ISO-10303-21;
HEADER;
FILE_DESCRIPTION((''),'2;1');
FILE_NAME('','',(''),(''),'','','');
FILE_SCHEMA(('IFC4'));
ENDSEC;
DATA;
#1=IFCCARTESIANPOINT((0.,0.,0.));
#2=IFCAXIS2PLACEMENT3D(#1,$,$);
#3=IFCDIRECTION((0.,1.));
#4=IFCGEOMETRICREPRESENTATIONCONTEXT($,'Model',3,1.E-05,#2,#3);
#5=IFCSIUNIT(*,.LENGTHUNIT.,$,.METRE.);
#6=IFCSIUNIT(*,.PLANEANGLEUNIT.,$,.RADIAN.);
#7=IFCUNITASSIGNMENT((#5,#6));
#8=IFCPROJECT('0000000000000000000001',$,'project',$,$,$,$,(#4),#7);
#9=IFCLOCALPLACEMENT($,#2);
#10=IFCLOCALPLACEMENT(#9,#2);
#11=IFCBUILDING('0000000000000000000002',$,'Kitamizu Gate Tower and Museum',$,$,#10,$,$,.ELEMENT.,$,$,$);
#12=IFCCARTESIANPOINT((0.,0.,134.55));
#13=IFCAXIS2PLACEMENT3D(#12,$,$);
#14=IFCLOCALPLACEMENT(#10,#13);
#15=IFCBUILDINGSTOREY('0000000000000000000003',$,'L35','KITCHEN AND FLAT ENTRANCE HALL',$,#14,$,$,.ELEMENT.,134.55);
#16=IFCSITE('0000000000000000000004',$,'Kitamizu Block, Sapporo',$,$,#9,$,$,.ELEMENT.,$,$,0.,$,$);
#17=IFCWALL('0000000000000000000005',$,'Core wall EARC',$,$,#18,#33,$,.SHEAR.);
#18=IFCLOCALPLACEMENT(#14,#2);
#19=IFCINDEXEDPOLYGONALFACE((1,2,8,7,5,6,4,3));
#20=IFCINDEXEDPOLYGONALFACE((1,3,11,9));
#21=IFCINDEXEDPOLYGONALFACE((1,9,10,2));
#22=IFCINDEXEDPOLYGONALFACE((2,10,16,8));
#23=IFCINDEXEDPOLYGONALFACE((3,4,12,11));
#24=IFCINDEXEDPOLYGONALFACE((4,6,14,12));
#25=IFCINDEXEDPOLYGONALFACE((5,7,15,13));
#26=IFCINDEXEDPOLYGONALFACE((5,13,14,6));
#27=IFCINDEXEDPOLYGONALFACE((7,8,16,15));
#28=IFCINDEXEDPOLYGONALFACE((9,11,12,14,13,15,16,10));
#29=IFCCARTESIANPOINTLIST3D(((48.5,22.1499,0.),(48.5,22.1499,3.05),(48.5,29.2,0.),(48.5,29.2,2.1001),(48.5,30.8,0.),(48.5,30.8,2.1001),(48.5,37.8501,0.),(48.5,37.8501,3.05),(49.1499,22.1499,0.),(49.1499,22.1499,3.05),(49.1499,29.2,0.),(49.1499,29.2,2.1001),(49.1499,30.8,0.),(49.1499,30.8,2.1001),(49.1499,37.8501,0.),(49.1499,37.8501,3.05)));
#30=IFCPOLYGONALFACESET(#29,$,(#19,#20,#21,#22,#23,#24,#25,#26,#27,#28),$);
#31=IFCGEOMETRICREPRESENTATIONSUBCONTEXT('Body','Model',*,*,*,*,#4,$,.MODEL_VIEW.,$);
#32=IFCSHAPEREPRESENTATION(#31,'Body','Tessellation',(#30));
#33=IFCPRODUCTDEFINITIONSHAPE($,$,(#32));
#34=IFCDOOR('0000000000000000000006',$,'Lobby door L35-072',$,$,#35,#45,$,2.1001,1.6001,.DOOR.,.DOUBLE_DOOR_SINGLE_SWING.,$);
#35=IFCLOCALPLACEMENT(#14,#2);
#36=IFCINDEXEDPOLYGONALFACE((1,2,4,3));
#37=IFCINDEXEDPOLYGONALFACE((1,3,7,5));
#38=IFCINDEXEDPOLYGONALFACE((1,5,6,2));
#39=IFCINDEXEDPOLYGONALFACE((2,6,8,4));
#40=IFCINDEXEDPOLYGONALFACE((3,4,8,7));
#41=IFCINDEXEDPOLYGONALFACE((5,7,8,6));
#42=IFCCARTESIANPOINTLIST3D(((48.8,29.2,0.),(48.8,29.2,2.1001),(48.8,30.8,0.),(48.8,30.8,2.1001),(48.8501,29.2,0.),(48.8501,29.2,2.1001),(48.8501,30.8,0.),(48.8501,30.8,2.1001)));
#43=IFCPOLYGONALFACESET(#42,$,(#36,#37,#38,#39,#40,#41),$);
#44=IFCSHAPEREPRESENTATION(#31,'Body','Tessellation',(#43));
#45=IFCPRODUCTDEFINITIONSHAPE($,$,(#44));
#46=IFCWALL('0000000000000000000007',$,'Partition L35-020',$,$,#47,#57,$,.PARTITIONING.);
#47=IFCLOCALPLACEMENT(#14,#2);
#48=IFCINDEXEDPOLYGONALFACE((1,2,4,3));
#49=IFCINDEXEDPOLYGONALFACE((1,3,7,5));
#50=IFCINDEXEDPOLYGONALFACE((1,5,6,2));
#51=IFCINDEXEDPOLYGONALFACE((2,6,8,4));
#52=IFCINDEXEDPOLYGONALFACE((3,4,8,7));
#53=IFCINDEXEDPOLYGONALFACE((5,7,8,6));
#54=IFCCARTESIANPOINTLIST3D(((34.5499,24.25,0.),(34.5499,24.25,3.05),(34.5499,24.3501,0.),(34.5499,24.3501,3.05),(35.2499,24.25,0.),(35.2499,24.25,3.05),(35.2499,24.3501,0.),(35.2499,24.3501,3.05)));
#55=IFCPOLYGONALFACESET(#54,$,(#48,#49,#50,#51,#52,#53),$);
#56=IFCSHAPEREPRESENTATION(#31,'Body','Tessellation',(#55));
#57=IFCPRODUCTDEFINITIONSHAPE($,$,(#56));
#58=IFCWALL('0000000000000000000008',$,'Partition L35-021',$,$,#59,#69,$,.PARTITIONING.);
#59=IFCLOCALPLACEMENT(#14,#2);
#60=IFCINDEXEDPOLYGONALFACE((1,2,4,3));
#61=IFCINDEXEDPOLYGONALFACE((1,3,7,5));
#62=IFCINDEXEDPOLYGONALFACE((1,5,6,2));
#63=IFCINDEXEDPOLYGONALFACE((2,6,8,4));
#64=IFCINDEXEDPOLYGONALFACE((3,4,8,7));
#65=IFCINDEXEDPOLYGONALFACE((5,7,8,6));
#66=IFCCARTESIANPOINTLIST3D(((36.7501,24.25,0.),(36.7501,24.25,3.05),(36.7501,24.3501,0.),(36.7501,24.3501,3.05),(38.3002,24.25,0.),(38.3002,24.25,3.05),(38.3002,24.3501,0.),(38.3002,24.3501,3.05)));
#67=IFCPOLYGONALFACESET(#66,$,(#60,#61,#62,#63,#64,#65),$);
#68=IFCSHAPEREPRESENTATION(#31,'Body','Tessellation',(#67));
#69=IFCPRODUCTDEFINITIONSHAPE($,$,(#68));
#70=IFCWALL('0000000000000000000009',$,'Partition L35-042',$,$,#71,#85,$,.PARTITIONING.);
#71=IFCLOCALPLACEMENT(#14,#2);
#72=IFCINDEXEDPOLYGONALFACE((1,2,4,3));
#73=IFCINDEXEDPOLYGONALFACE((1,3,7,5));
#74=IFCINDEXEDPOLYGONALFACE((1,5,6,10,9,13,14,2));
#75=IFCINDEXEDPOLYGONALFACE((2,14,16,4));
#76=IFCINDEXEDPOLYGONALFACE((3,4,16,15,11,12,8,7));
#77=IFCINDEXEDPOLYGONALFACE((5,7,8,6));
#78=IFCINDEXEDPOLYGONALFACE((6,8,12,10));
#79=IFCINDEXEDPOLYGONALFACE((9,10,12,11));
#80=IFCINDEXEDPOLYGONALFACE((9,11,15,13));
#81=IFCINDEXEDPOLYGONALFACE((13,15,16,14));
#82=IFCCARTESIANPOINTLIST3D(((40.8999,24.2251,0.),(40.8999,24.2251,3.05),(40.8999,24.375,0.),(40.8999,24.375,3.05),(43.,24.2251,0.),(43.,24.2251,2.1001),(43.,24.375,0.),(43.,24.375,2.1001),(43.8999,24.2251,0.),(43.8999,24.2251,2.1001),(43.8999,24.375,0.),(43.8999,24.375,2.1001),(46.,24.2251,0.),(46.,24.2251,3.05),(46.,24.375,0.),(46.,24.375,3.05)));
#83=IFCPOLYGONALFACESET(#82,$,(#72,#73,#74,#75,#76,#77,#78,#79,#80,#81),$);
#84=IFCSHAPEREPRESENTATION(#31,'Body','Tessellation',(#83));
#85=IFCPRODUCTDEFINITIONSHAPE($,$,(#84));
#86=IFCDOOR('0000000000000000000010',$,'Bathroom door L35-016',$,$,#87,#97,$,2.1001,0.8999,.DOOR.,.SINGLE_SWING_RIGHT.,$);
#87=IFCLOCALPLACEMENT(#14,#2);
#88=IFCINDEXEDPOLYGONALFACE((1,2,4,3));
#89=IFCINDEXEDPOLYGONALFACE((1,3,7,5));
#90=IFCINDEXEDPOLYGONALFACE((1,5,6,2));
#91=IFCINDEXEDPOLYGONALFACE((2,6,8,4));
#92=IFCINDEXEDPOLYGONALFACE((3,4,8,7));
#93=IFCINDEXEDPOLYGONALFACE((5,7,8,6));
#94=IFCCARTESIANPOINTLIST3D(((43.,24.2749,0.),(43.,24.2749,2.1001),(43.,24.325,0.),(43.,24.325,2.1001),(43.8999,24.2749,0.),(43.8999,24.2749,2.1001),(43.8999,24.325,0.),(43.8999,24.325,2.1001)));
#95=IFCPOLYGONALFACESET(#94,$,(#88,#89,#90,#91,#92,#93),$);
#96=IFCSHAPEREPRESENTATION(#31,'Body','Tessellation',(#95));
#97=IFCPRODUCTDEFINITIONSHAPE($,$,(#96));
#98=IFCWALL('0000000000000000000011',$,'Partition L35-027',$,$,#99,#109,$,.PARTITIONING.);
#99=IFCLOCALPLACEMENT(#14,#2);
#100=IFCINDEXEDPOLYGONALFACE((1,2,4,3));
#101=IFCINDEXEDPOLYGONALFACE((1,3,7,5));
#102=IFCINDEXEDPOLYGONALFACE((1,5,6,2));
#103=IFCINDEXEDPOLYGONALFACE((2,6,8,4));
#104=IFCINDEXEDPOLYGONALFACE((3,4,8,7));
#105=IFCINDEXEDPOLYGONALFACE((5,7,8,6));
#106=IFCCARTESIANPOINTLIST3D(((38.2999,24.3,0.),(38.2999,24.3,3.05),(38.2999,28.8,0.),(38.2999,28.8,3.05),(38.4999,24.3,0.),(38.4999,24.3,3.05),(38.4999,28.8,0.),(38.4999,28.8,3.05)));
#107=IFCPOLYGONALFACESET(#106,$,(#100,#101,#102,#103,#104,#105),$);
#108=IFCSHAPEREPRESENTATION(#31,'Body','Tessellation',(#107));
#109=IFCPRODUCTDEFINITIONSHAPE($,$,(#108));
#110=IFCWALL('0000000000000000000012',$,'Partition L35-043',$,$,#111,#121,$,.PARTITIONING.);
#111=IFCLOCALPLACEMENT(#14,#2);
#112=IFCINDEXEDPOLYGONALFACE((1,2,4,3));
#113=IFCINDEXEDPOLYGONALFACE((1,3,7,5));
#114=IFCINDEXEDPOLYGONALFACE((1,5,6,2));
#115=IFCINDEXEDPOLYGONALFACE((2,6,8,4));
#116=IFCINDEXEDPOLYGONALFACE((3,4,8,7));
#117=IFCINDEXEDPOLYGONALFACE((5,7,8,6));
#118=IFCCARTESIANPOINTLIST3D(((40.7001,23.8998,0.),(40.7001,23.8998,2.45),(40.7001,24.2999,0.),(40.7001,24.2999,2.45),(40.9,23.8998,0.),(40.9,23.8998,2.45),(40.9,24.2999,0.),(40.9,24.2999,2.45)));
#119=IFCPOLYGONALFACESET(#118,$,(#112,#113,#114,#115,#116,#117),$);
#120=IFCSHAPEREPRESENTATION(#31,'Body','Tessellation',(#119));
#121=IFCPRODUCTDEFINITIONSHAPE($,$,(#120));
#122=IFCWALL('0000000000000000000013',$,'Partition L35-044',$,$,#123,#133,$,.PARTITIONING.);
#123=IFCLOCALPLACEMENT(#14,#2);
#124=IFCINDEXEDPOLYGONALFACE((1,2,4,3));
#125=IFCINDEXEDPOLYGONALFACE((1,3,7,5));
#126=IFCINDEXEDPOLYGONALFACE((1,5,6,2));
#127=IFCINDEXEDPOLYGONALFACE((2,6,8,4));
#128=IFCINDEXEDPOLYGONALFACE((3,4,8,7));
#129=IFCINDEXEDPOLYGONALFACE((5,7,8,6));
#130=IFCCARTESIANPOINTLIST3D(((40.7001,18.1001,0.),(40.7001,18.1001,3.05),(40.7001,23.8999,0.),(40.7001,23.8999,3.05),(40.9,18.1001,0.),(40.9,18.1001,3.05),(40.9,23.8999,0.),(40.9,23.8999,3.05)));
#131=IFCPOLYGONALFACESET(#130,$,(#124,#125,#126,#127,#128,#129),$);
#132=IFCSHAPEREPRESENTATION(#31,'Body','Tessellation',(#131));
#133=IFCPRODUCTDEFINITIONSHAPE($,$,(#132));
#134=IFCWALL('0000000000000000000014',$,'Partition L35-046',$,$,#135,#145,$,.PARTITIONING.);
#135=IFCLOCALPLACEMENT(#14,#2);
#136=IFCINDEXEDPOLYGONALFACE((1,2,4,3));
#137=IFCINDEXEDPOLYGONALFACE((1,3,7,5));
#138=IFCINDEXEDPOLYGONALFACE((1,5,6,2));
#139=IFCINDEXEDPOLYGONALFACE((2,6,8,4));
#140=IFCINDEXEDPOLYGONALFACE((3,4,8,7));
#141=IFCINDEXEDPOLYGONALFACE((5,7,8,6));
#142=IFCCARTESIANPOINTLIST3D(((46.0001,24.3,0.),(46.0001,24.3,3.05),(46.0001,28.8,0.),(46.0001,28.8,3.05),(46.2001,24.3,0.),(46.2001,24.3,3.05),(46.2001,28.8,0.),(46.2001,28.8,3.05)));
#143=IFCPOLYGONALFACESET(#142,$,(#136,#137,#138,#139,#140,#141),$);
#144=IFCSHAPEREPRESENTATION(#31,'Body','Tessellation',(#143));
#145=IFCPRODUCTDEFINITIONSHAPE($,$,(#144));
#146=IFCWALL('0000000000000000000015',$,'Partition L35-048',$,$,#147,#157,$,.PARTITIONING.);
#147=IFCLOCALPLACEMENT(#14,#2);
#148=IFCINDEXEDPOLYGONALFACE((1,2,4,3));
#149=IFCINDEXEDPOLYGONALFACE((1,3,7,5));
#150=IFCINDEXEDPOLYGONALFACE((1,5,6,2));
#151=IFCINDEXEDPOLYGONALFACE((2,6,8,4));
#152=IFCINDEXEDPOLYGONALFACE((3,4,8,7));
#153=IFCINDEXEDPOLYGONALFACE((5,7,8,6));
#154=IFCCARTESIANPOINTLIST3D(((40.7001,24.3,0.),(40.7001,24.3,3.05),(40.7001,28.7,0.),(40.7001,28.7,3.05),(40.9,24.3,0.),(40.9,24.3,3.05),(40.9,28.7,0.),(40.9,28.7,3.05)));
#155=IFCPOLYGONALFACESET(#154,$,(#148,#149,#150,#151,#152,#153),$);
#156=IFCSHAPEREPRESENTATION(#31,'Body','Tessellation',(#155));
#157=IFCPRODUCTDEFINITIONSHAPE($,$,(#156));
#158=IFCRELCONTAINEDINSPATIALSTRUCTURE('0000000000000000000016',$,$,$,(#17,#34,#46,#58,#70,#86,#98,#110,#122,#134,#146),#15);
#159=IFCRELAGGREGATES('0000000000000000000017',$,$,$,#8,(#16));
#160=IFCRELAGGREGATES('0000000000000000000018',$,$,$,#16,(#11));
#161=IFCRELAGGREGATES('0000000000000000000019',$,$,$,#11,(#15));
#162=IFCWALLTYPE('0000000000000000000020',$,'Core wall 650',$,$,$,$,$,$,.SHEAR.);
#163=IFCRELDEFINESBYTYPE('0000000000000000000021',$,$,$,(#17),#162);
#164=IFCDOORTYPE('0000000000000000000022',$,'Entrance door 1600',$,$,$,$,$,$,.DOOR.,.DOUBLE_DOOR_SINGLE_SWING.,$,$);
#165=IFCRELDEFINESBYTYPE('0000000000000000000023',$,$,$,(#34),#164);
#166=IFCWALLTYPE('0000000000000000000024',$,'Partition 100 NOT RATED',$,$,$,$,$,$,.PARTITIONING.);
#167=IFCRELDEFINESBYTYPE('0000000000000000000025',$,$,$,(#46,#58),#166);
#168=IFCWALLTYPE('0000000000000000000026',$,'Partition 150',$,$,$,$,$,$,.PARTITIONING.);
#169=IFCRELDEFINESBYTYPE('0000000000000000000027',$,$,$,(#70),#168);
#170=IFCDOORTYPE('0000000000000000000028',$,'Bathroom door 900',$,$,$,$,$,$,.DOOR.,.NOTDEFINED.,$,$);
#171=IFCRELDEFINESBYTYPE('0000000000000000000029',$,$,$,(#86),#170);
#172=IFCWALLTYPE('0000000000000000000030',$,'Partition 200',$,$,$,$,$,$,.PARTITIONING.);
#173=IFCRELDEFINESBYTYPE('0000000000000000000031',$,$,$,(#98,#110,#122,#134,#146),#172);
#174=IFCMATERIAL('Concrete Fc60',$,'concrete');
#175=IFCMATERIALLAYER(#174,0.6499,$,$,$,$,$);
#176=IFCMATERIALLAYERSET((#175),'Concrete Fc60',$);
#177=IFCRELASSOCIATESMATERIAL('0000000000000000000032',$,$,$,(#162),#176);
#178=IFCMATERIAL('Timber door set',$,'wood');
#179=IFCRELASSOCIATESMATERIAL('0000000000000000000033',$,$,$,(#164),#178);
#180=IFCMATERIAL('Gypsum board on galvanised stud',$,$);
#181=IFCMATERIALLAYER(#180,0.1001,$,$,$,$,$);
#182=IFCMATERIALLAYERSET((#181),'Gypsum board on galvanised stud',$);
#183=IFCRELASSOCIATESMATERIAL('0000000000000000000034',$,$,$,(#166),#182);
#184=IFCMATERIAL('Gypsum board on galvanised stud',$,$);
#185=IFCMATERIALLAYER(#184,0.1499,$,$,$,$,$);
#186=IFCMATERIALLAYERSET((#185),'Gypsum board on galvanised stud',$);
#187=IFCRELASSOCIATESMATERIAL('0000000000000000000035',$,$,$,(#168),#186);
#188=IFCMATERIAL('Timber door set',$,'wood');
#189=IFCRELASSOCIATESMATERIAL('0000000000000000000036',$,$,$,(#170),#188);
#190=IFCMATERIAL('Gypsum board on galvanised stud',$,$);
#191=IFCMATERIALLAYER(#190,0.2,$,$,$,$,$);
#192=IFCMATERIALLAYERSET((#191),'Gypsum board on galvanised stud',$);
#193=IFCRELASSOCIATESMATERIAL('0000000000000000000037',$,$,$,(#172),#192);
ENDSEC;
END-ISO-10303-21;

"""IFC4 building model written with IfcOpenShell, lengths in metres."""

from ifc_helpers import new_model, si_unit, direction, frame, frame_2d, origin, place, context, subcontext, project, spatial, rectangle, extrude, material, layer, layer_set, type_object, element, fill, save


model = new_model("IFC4")

# Units and contexts
model_context = context("Model", 3, precision=1e-05, world=origin(), true_north=direction((0.0, 1.0)))
body_context = subcontext(model_context, "Body", "Model", "MODEL_VIEW")
ifc_project = project(units=[si_unit("LENGTHUNIT", "METRE"), si_unit("PLANEANGLEUNIT", "RADIAN")], contexts=[model_context])

# Site, building, storey
site_placement = place(None, origin())
site = spatial("IfcSite", under=ifc_project, at=site_placement, Name="Kitamizu Block, Sapporo", CompositionType="ELEMENT", RefElevation=0.0)
building_placement = place(site_placement, origin())
building = spatial("IfcBuilding", under=site, at=building_placement, Name="Kitamizu Gate Tower and Museum", CompositionType="ELEMENT")
storey_placement = place(building_placement, frame((0.0, 0.0, 134.55)))
storey = spatial("IfcBuildingStorey", under=building, at=storey_placement, Name="L35", Description="KITCHEN AND FLAT ENTRANCE HALL", CompositionType="ELEMENT", Elevation=134.55)

# Wall, opening, door
ifc_material_1 = material(Name="Concrete Fc60", Category="concrete")
ifc_layer_1 = layer(ifc_material_1, 0.6499)
ifc_layer_set_1 = layer_set([ifc_layer_1], Name="Concrete Fc60")
wall_type_1 = type_object("IfcWallType", Name="Core wall 650", PredefinedType="SHEAR", material=ifc_layer_set_1)
wall_1_placement = place(storey_placement, frame((48.825, 22.1499, 0.0), z_axis=(0.0, 0.0, 1.0), x_axis=(0.0, 1.0, 0.0)))
wall_1 = element("IfcWall", 1, at=wall_1_placement, inside=storey, type_object=wall_type_1, Name="Core wall EARC", PredefinedType="SHEAR", context=body_context, shape_type="SweptSolid", body=[
    extrude(rectangle(XDim=15.7002, YDim=0.6499, at=frame_2d((7.8501, 0.0))), origin(), (0.0, 0.0, 1.0), 3.05),
])
opening_1_placement = place(wall_1_placement, frame((7.05, 0.0, 0.0)))
opening_1 = element("IfcOpeningElement", 2, at=opening_1_placement, cuts=wall_1, PredefinedType="OPENING", context=body_context, shape_type="SweptSolid", body=[
    extrude(rectangle(XDim=1.6001, YDim=2.1001, at=frame_2d((0.8, 1.05))), frame((0.0, 0.335, 0.0), z_axis=(0.0, -1.0, 0.0), x_axis=(1.0, 0.0, 0.0)), (0.0, 0.0, 1.0), 0.6699),
])
ifc_material_2 = material(Name="Timber door set", Category="wood")
door_type_1 = type_object("IfcDoorType", Name="Entrance door 1600", OperationType="DOUBLE_DOOR_SINGLE_SWING", PredefinedType="DOOR", material=ifc_material_2)
door_1_placement = place(opening_1_placement, origin())
door_1 = element("IfcDoor", 3, at=door_1_placement, inside=storey, type_object=door_type_1, Name="Lobby door L35-072", OperationType="DOUBLE_DOOR_SINGLE_SWING", OverallHeight=2.1001, OverallWidth=1.6001, PredefinedType="DOOR", context=body_context, shape_type="SweptSolid", body=[
    extrude(rectangle(XDim=1.6001, YDim=2.1001, at=frame_2d((0.8, 1.05))), frame((0.0, 0.0249, 0.0), z_axis=(0.0, -1.0, 0.0), x_axis=(1.0, 0.0, 0.0)), (0.0, 0.0, 1.0), 0.05),
])
fill(opening_1, door_1)

# Walls
ifc_material_3 = material(Name="Gypsum board on galvanised stud")
ifc_layer_2 = layer(ifc_material_3, 0.1001)
ifc_layer_set_2 = layer_set([ifc_layer_2], Name="Gypsum board on galvanised stud")
wall_type_2 = type_object("IfcWallType", Name="Partition 100 NOT RATED", PredefinedType="PARTITIONING", material=ifc_layer_set_2)
wall_2_placement = place(storey_placement, frame((35.25, 24.3, 0.0), z_axis=(0.0, 0.0, 1.0), x_axis=(-1.0, 0.0, 0.0)))
element("IfcWall", 4, at=wall_2_placement, inside=storey, type_object=wall_type_2, Name="Partition L35-020", PredefinedType="PARTITIONING", context=body_context, shape_type="SweptSolid", body=[
    extrude(rectangle(XDim=0.7, YDim=0.1001, at=frame_2d((0.3501, 0.0))), origin(), (0.0, 0.0, 1.0), 3.05),
])
wall_3_placement = place(storey_placement, frame((38.3, 24.3, 0.0), z_axis=(0.0, 0.0, 1.0), x_axis=(-1.0, 0.0, 0.0)))
element("IfcWall", 5, at=wall_3_placement, inside=storey, type_object=wall_type_2, Name="Partition L35-021", PredefinedType="PARTITIONING", context=body_context, shape_type="SweptSolid", body=[
    extrude(rectangle(XDim=1.55, YDim=0.1001, at=frame_2d((0.7749, 0.0))), origin(), (0.0, 0.0, 1.0), 3.05),
])

# Wall, opening, door
ifc_material_4 = material(Name="Gypsum board on galvanised stud")
ifc_layer_3 = layer(ifc_material_4, 0.1499)
ifc_layer_set_3 = layer_set([ifc_layer_3], Name="Gypsum board on galvanised stud")
wall_type_3 = type_object("IfcWallType", Name="Partition 150", PredefinedType="PARTITIONING", material=ifc_layer_set_3)
wall_4_placement = place(storey_placement, frame((46.0, 24.3, 0.0), z_axis=(0.0, 0.0, 1.0), x_axis=(-1.0, 0.0, 0.0)))
wall_4 = element("IfcWall", 6, at=wall_4_placement, inside=storey, type_object=wall_type_3, Name="Partition L35-042", PredefinedType="PARTITIONING", context=body_context, shape_type="SweptSolid", body=[
    extrude(rectangle(XDim=5.1001, YDim=0.1499, at=frame_2d((2.55, 0.0))), origin(), (0.0, 0.0, 1.0), 3.05),
])
opening_2_placement = place(wall_4_placement, frame((2.1001, 0.0, 0.0)))
opening_2 = element("IfcOpeningElement", 7, at=opening_2_placement, cuts=wall_4, PredefinedType="OPENING", context=body_context, shape_type="SweptSolid", body=[
    extrude(rectangle(XDim=0.8999, YDim=2.1001, at=frame_2d((0.45, 1.05))), frame((0.0, 0.085, 0.0), z_axis=(0.0, -1.0, 0.0), x_axis=(1.0, 0.0, 0.0)), (0.0, 0.0, 1.0), 0.1699),
])
ifc_material_5 = material(Name="Timber door set", Category="wood")
door_type_2 = type_object("IfcDoorType", Name="Bathroom door 900", OperationType="NOTDEFINED", PredefinedType="DOOR", material=ifc_material_5)
door_2_placement = place(opening_2_placement, frame((0.8999, 0.0, 0.0), x_axis=(-1.0, 0.0, 0.0)))
door_2 = element("IfcDoor", 8, at=door_2_placement, inside=storey, type_object=door_type_2, Name="Bathroom door L35-016", OperationType="SINGLE_SWING_RIGHT", OverallHeight=2.1001, OverallWidth=0.8999, PredefinedType="DOOR", context=body_context, shape_type="SweptSolid", body=[
    extrude(rectangle(XDim=0.8999, YDim=2.1001, at=frame_2d((0.45, 1.05))), frame((0.0, 0.0249, 0.0), z_axis=(0.0, -1.0, 0.0), x_axis=(1.0, 0.0, 0.0)), (0.0, 0.0, 1.0), 0.05),
])
fill(opening_2, door_2)

# Walls
ifc_material_6 = material(Name="Gypsum board on galvanised stud")
ifc_layer_4 = layer(ifc_material_6, 0.2)
ifc_layer_set_4 = layer_set([ifc_layer_4], Name="Gypsum board on galvanised stud")
wall_type_4 = type_object("IfcWallType", Name="Partition 200", PredefinedType="PARTITIONING", material=ifc_layer_set_4)
wall_5_placement = place(storey_placement, frame((38.3999, 24.3, 0.0), z_axis=(0.0, 0.0, 1.0), x_axis=(0.0, 1.0, 0.0)))
element("IfcWall", 9, at=wall_5_placement, inside=storey, type_object=wall_type_4, Name="Partition L35-027", PredefinedType="PARTITIONING", context=body_context, shape_type="SweptSolid", body=[
    extrude(rectangle(XDim=4.5, YDim=0.2, at=frame_2d((2.25, 0.0))), origin(), (0.0, 0.0, 1.0), 3.05),
])
wall_6_placement = place(storey_placement, frame((40.8, 24.3, 0.0), z_axis=(0.0, 0.0, 1.0), x_axis=(0.0, -1.0, 0.0)))
element("IfcWall", 10, at=wall_6_placement, inside=storey, type_object=wall_type_4, Name="Partition L35-043", PredefinedType="PARTITIONING", context=body_context, shape_type="SweptSolid", body=[
    extrude(rectangle(XDim=0.4001, YDim=0.2, at=frame_2d((0.2002, 0.0))), origin(), (0.0, 0.0, 1.0), 2.45),
])
wall_7_placement = place(storey_placement, frame((40.8, 23.8999, 0.0), z_axis=(0.0, 0.0, 1.0), x_axis=(0.0, -1.0, 0.0)))
element("IfcWall", 11, at=wall_7_placement, inside=storey, type_object=wall_type_4, Name="Partition L35-044", PredefinedType="PARTITIONING", context=body_context, shape_type="SweptSolid", body=[
    extrude(rectangle(XDim=5.7998, YDim=0.2, at=frame_2d((2.8999, 0.0))), origin(), (0.0, 0.0, 1.0), 3.05),
])
wall_8_placement = place(storey_placement, frame((46.1001, 24.3, 0.0), z_axis=(0.0, 0.0, 1.0), x_axis=(0.0, 1.0, 0.0)))
element("IfcWall", 12, at=wall_8_placement, inside=storey, type_object=wall_type_4, Name="Partition L35-046", PredefinedType="PARTITIONING", context=body_context, shape_type="SweptSolid", body=[
    extrude(rectangle(XDim=4.5, YDim=0.2, at=frame_2d((2.25, 0.0))), origin(), (0.0, 0.0, 1.0), 3.05),
])
wall_9_placement = place(storey_placement, frame((40.8, 28.7, 0.0), z_axis=(0.0, 0.0, 1.0), x_axis=(0.0, -1.0, 0.0)))
element("IfcWall", 13, at=wall_9_placement, inside=storey, type_object=wall_type_4, Name="Partition L35-048", PredefinedType="PARTITIONING", context=body_context, shape_type="SweptSolid", body=[
    extrude(rectangle(XDim=4.3999, YDim=0.2, at=frame_2d((2.2, 0.0))), origin(), (0.0, 0.0, 1.0), 3.05),
])

save(model, "model.ifc")
